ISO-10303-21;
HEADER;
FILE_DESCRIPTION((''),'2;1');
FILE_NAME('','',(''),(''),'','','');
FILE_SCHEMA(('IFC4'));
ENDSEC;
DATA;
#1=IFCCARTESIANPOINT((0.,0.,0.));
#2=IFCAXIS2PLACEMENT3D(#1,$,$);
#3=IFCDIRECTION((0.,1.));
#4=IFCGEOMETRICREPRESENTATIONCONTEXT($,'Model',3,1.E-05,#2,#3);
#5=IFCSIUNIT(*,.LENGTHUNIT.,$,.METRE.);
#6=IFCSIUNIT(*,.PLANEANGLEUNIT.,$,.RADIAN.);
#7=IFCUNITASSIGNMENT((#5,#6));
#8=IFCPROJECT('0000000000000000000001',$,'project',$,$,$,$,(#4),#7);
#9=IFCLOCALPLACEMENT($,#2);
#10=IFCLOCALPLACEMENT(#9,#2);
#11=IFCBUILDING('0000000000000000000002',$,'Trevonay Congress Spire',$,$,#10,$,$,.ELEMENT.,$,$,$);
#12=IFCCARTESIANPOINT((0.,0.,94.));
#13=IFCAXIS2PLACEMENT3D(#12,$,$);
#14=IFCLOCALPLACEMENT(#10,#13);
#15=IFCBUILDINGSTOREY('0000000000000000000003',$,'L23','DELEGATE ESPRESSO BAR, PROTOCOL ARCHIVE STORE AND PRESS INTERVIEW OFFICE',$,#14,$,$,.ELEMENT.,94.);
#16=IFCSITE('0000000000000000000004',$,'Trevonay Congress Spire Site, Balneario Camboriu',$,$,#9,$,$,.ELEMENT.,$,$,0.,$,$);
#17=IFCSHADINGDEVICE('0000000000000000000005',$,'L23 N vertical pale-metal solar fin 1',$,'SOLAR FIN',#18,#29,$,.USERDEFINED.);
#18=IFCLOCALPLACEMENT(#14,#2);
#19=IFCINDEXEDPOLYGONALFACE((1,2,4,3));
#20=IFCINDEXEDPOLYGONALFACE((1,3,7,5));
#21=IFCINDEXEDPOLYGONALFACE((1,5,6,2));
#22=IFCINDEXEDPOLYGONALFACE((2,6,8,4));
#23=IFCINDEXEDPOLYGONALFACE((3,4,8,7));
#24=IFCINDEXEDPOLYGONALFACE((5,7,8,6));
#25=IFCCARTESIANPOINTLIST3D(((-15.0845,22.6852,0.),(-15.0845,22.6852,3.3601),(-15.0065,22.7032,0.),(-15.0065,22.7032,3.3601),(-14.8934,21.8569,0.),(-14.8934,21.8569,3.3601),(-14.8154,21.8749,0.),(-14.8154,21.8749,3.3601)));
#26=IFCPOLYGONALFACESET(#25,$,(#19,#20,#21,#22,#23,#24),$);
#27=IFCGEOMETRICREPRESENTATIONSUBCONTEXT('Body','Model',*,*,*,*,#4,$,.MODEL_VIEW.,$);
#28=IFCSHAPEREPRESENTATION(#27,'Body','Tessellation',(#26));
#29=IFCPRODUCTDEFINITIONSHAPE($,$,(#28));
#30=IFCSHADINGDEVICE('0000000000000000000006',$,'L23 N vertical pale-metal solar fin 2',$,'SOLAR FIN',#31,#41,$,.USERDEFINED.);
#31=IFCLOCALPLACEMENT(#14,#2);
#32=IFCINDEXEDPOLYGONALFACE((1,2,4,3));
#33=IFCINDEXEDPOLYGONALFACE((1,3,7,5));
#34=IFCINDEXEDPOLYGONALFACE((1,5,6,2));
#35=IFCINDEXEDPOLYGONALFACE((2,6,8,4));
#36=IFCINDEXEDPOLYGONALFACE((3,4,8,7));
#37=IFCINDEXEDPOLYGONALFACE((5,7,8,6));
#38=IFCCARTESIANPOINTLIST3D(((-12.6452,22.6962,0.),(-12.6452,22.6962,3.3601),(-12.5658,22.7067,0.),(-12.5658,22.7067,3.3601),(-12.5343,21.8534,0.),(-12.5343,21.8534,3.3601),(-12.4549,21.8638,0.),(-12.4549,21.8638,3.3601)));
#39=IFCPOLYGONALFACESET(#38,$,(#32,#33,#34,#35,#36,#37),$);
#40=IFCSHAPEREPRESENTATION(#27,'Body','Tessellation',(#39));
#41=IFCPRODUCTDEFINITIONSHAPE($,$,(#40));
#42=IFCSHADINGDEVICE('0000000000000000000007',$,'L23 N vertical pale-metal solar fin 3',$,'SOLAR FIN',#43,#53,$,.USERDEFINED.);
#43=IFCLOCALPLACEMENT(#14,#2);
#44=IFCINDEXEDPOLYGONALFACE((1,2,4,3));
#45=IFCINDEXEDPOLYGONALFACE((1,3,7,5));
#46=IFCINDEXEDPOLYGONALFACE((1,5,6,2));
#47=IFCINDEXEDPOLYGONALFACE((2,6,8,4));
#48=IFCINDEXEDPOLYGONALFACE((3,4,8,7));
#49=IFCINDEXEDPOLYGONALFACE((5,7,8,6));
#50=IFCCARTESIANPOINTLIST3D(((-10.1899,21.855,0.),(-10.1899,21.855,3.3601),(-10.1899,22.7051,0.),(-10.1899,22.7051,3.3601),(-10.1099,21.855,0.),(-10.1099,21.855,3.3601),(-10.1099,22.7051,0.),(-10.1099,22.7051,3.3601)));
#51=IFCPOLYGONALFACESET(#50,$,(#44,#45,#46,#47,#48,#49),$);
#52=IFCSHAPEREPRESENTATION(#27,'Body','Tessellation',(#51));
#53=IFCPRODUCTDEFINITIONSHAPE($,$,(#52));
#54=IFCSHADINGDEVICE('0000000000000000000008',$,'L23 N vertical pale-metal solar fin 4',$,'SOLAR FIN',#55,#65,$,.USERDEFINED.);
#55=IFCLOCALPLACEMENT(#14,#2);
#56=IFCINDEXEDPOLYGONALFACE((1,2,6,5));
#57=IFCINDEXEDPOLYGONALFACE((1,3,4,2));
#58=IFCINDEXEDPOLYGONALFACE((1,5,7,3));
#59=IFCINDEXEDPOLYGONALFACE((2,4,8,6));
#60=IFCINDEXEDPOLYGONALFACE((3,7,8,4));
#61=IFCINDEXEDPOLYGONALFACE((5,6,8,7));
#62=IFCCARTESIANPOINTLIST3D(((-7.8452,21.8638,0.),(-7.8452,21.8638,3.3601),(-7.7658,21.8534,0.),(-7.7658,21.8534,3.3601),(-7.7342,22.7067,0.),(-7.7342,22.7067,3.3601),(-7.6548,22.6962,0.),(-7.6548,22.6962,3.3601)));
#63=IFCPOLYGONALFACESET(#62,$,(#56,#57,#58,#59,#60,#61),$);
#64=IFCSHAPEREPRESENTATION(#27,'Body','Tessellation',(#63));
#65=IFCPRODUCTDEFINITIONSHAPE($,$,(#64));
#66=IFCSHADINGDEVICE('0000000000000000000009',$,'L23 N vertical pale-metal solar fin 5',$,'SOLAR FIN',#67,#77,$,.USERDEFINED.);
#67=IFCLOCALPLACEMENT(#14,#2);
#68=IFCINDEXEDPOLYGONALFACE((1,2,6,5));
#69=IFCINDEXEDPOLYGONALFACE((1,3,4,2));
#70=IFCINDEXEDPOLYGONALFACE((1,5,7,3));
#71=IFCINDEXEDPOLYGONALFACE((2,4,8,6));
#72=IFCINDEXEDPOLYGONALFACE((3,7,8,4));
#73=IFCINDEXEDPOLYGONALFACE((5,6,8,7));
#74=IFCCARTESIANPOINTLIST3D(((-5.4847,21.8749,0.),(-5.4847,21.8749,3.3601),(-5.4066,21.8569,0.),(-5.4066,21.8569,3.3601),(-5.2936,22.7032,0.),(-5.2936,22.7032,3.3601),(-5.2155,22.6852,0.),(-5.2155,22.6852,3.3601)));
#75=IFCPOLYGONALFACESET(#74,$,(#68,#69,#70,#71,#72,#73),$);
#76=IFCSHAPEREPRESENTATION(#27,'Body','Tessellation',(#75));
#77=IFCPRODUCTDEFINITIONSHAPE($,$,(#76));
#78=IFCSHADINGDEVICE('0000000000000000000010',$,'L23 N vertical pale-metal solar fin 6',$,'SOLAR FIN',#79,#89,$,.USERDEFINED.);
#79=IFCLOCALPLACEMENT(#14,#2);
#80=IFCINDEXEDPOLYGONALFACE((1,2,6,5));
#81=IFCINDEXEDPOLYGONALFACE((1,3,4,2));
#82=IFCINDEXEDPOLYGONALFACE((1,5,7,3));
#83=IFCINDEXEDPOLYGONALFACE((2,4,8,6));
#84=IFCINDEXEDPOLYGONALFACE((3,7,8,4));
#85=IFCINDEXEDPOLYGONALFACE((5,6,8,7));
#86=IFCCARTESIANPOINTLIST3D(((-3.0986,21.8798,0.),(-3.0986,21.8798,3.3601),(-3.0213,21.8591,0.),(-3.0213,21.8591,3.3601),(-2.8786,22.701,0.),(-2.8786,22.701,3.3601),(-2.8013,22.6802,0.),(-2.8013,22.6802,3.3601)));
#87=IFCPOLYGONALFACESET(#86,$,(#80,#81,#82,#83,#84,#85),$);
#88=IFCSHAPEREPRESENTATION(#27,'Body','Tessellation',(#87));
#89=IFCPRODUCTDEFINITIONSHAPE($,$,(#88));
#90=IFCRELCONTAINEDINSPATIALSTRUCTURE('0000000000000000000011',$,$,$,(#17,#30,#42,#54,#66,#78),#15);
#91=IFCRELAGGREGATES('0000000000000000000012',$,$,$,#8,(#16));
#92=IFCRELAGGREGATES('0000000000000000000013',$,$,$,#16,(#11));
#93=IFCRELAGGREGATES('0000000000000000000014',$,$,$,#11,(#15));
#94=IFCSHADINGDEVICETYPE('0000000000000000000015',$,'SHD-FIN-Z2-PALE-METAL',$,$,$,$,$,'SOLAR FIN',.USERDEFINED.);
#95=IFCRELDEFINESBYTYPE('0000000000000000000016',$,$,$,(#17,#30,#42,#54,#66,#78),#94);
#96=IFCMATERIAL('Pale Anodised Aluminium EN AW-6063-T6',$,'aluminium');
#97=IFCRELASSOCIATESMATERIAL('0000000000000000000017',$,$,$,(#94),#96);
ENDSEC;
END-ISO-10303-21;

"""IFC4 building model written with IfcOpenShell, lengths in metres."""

from ifc_helpers import new_model, si_unit, direction, frame, origin, origin_2d, place, context, subcontext, project, spatial, rectangle, extrude, material, type_object, element, save


model = new_model("IFC4")

# Units and contexts
model_context = context("Model", 3, precision=1e-05, world=origin(), true_north=direction((0.0, 1.0)))
body_context = subcontext(model_context, "Body", "Model", "MODEL_VIEW")
ifc_project = project(units=[si_unit("LENGTHUNIT", "METRE"), si_unit("PLANEANGLEUNIT", "RADIAN")], contexts=[model_context])

# Site, building, storey
site_placement = place(None, origin())
site = spatial("IfcSite", under=ifc_project, at=site_placement, Name="Trevonay Congress Spire Site, Balneario Camboriu", CompositionType="ELEMENT", RefElevation=0.0)
building_placement = place(site_placement, origin())
building = spatial("IfcBuilding", under=site, at=building_placement, Name="Trevonay Congress Spire", CompositionType="ELEMENT")
storey_placement = place(building_placement, frame((0.0, 0.0, 94.0)))
storey = spatial("IfcBuildingStorey", under=building, at=storey_placement, Name="L23", Description="DELEGATE ESPRESSO BAR, PROTOCOL ARCHIVE STORE AND PRESS INTERVIEW OFFICE", CompositionType="ELEMENT", Elevation=94.0)

# Shared definitions
ifc_material_1 = material(Name="Pale Anodised Aluminium EN AW-6063-T6", Category="aluminium")

# Shading devices
shading_device_type = type_object("IfcShadingDeviceType", Name="SHD-FIN-Z2-PALE-METAL", ElementType="SOLAR FIN", PredefinedType="USERDEFINED", material=ifc_material_1)
for number, where, z_axis, x_axis, name in (
    (1, (-14.95, 22.28, 0.0), (0.0, 0.0, 1.0), (0.974409, 0.224781, 0.0), "L23 N vertical pale-metal solar fin 1"),
    (2, (-12.55, 22.28, 0.0), (0.0, 0.0, 1.0), (0.991445, 0.130526, 0.0), "L23 N vertical pale-metal solar fin 2"),
    (3, (-10.1499, 22.28, 0.0), (0.0, 0.0, 1.0), (1.0, 0.0, 0.0), "L23 N vertical pale-metal solar fin 3"),
    (4, (-7.75, 22.28, 0.0), (0.0, 0.0, 1.0), (0.991445, -0.130526, 0.0), "L23 N vertical pale-metal solar fin 4"),
    (5, (-5.3501, 22.28, 0.0), (0.0, 0.0, 1.0), (0.974409, -0.224781, 0.0), "L23 N vertical pale-metal solar fin 5"),
    (6, (-2.95, 22.28, 0.0), (0.0, 0.0, 1.0), (0.965926, -0.258819, 0.0), "L23 N vertical pale-metal solar fin 6"),
):
    element("IfcShadingDevice", number, at=place(storey_placement, frame(where, z_axis=z_axis, x_axis=x_axis)), inside=storey, type_object=shading_device_type, Name=name, ObjectType="SOLAR FIN", PredefinedType="USERDEFINED", context=body_context, shape_type="SweptSolid", body=[
        extrude(rectangle(XDim=0.0801, YDim=0.8501, at=origin_2d()), origin(), (0.0, 0.0, 1.0), 3.3601),
    ])

save(model, "model.ifc")
